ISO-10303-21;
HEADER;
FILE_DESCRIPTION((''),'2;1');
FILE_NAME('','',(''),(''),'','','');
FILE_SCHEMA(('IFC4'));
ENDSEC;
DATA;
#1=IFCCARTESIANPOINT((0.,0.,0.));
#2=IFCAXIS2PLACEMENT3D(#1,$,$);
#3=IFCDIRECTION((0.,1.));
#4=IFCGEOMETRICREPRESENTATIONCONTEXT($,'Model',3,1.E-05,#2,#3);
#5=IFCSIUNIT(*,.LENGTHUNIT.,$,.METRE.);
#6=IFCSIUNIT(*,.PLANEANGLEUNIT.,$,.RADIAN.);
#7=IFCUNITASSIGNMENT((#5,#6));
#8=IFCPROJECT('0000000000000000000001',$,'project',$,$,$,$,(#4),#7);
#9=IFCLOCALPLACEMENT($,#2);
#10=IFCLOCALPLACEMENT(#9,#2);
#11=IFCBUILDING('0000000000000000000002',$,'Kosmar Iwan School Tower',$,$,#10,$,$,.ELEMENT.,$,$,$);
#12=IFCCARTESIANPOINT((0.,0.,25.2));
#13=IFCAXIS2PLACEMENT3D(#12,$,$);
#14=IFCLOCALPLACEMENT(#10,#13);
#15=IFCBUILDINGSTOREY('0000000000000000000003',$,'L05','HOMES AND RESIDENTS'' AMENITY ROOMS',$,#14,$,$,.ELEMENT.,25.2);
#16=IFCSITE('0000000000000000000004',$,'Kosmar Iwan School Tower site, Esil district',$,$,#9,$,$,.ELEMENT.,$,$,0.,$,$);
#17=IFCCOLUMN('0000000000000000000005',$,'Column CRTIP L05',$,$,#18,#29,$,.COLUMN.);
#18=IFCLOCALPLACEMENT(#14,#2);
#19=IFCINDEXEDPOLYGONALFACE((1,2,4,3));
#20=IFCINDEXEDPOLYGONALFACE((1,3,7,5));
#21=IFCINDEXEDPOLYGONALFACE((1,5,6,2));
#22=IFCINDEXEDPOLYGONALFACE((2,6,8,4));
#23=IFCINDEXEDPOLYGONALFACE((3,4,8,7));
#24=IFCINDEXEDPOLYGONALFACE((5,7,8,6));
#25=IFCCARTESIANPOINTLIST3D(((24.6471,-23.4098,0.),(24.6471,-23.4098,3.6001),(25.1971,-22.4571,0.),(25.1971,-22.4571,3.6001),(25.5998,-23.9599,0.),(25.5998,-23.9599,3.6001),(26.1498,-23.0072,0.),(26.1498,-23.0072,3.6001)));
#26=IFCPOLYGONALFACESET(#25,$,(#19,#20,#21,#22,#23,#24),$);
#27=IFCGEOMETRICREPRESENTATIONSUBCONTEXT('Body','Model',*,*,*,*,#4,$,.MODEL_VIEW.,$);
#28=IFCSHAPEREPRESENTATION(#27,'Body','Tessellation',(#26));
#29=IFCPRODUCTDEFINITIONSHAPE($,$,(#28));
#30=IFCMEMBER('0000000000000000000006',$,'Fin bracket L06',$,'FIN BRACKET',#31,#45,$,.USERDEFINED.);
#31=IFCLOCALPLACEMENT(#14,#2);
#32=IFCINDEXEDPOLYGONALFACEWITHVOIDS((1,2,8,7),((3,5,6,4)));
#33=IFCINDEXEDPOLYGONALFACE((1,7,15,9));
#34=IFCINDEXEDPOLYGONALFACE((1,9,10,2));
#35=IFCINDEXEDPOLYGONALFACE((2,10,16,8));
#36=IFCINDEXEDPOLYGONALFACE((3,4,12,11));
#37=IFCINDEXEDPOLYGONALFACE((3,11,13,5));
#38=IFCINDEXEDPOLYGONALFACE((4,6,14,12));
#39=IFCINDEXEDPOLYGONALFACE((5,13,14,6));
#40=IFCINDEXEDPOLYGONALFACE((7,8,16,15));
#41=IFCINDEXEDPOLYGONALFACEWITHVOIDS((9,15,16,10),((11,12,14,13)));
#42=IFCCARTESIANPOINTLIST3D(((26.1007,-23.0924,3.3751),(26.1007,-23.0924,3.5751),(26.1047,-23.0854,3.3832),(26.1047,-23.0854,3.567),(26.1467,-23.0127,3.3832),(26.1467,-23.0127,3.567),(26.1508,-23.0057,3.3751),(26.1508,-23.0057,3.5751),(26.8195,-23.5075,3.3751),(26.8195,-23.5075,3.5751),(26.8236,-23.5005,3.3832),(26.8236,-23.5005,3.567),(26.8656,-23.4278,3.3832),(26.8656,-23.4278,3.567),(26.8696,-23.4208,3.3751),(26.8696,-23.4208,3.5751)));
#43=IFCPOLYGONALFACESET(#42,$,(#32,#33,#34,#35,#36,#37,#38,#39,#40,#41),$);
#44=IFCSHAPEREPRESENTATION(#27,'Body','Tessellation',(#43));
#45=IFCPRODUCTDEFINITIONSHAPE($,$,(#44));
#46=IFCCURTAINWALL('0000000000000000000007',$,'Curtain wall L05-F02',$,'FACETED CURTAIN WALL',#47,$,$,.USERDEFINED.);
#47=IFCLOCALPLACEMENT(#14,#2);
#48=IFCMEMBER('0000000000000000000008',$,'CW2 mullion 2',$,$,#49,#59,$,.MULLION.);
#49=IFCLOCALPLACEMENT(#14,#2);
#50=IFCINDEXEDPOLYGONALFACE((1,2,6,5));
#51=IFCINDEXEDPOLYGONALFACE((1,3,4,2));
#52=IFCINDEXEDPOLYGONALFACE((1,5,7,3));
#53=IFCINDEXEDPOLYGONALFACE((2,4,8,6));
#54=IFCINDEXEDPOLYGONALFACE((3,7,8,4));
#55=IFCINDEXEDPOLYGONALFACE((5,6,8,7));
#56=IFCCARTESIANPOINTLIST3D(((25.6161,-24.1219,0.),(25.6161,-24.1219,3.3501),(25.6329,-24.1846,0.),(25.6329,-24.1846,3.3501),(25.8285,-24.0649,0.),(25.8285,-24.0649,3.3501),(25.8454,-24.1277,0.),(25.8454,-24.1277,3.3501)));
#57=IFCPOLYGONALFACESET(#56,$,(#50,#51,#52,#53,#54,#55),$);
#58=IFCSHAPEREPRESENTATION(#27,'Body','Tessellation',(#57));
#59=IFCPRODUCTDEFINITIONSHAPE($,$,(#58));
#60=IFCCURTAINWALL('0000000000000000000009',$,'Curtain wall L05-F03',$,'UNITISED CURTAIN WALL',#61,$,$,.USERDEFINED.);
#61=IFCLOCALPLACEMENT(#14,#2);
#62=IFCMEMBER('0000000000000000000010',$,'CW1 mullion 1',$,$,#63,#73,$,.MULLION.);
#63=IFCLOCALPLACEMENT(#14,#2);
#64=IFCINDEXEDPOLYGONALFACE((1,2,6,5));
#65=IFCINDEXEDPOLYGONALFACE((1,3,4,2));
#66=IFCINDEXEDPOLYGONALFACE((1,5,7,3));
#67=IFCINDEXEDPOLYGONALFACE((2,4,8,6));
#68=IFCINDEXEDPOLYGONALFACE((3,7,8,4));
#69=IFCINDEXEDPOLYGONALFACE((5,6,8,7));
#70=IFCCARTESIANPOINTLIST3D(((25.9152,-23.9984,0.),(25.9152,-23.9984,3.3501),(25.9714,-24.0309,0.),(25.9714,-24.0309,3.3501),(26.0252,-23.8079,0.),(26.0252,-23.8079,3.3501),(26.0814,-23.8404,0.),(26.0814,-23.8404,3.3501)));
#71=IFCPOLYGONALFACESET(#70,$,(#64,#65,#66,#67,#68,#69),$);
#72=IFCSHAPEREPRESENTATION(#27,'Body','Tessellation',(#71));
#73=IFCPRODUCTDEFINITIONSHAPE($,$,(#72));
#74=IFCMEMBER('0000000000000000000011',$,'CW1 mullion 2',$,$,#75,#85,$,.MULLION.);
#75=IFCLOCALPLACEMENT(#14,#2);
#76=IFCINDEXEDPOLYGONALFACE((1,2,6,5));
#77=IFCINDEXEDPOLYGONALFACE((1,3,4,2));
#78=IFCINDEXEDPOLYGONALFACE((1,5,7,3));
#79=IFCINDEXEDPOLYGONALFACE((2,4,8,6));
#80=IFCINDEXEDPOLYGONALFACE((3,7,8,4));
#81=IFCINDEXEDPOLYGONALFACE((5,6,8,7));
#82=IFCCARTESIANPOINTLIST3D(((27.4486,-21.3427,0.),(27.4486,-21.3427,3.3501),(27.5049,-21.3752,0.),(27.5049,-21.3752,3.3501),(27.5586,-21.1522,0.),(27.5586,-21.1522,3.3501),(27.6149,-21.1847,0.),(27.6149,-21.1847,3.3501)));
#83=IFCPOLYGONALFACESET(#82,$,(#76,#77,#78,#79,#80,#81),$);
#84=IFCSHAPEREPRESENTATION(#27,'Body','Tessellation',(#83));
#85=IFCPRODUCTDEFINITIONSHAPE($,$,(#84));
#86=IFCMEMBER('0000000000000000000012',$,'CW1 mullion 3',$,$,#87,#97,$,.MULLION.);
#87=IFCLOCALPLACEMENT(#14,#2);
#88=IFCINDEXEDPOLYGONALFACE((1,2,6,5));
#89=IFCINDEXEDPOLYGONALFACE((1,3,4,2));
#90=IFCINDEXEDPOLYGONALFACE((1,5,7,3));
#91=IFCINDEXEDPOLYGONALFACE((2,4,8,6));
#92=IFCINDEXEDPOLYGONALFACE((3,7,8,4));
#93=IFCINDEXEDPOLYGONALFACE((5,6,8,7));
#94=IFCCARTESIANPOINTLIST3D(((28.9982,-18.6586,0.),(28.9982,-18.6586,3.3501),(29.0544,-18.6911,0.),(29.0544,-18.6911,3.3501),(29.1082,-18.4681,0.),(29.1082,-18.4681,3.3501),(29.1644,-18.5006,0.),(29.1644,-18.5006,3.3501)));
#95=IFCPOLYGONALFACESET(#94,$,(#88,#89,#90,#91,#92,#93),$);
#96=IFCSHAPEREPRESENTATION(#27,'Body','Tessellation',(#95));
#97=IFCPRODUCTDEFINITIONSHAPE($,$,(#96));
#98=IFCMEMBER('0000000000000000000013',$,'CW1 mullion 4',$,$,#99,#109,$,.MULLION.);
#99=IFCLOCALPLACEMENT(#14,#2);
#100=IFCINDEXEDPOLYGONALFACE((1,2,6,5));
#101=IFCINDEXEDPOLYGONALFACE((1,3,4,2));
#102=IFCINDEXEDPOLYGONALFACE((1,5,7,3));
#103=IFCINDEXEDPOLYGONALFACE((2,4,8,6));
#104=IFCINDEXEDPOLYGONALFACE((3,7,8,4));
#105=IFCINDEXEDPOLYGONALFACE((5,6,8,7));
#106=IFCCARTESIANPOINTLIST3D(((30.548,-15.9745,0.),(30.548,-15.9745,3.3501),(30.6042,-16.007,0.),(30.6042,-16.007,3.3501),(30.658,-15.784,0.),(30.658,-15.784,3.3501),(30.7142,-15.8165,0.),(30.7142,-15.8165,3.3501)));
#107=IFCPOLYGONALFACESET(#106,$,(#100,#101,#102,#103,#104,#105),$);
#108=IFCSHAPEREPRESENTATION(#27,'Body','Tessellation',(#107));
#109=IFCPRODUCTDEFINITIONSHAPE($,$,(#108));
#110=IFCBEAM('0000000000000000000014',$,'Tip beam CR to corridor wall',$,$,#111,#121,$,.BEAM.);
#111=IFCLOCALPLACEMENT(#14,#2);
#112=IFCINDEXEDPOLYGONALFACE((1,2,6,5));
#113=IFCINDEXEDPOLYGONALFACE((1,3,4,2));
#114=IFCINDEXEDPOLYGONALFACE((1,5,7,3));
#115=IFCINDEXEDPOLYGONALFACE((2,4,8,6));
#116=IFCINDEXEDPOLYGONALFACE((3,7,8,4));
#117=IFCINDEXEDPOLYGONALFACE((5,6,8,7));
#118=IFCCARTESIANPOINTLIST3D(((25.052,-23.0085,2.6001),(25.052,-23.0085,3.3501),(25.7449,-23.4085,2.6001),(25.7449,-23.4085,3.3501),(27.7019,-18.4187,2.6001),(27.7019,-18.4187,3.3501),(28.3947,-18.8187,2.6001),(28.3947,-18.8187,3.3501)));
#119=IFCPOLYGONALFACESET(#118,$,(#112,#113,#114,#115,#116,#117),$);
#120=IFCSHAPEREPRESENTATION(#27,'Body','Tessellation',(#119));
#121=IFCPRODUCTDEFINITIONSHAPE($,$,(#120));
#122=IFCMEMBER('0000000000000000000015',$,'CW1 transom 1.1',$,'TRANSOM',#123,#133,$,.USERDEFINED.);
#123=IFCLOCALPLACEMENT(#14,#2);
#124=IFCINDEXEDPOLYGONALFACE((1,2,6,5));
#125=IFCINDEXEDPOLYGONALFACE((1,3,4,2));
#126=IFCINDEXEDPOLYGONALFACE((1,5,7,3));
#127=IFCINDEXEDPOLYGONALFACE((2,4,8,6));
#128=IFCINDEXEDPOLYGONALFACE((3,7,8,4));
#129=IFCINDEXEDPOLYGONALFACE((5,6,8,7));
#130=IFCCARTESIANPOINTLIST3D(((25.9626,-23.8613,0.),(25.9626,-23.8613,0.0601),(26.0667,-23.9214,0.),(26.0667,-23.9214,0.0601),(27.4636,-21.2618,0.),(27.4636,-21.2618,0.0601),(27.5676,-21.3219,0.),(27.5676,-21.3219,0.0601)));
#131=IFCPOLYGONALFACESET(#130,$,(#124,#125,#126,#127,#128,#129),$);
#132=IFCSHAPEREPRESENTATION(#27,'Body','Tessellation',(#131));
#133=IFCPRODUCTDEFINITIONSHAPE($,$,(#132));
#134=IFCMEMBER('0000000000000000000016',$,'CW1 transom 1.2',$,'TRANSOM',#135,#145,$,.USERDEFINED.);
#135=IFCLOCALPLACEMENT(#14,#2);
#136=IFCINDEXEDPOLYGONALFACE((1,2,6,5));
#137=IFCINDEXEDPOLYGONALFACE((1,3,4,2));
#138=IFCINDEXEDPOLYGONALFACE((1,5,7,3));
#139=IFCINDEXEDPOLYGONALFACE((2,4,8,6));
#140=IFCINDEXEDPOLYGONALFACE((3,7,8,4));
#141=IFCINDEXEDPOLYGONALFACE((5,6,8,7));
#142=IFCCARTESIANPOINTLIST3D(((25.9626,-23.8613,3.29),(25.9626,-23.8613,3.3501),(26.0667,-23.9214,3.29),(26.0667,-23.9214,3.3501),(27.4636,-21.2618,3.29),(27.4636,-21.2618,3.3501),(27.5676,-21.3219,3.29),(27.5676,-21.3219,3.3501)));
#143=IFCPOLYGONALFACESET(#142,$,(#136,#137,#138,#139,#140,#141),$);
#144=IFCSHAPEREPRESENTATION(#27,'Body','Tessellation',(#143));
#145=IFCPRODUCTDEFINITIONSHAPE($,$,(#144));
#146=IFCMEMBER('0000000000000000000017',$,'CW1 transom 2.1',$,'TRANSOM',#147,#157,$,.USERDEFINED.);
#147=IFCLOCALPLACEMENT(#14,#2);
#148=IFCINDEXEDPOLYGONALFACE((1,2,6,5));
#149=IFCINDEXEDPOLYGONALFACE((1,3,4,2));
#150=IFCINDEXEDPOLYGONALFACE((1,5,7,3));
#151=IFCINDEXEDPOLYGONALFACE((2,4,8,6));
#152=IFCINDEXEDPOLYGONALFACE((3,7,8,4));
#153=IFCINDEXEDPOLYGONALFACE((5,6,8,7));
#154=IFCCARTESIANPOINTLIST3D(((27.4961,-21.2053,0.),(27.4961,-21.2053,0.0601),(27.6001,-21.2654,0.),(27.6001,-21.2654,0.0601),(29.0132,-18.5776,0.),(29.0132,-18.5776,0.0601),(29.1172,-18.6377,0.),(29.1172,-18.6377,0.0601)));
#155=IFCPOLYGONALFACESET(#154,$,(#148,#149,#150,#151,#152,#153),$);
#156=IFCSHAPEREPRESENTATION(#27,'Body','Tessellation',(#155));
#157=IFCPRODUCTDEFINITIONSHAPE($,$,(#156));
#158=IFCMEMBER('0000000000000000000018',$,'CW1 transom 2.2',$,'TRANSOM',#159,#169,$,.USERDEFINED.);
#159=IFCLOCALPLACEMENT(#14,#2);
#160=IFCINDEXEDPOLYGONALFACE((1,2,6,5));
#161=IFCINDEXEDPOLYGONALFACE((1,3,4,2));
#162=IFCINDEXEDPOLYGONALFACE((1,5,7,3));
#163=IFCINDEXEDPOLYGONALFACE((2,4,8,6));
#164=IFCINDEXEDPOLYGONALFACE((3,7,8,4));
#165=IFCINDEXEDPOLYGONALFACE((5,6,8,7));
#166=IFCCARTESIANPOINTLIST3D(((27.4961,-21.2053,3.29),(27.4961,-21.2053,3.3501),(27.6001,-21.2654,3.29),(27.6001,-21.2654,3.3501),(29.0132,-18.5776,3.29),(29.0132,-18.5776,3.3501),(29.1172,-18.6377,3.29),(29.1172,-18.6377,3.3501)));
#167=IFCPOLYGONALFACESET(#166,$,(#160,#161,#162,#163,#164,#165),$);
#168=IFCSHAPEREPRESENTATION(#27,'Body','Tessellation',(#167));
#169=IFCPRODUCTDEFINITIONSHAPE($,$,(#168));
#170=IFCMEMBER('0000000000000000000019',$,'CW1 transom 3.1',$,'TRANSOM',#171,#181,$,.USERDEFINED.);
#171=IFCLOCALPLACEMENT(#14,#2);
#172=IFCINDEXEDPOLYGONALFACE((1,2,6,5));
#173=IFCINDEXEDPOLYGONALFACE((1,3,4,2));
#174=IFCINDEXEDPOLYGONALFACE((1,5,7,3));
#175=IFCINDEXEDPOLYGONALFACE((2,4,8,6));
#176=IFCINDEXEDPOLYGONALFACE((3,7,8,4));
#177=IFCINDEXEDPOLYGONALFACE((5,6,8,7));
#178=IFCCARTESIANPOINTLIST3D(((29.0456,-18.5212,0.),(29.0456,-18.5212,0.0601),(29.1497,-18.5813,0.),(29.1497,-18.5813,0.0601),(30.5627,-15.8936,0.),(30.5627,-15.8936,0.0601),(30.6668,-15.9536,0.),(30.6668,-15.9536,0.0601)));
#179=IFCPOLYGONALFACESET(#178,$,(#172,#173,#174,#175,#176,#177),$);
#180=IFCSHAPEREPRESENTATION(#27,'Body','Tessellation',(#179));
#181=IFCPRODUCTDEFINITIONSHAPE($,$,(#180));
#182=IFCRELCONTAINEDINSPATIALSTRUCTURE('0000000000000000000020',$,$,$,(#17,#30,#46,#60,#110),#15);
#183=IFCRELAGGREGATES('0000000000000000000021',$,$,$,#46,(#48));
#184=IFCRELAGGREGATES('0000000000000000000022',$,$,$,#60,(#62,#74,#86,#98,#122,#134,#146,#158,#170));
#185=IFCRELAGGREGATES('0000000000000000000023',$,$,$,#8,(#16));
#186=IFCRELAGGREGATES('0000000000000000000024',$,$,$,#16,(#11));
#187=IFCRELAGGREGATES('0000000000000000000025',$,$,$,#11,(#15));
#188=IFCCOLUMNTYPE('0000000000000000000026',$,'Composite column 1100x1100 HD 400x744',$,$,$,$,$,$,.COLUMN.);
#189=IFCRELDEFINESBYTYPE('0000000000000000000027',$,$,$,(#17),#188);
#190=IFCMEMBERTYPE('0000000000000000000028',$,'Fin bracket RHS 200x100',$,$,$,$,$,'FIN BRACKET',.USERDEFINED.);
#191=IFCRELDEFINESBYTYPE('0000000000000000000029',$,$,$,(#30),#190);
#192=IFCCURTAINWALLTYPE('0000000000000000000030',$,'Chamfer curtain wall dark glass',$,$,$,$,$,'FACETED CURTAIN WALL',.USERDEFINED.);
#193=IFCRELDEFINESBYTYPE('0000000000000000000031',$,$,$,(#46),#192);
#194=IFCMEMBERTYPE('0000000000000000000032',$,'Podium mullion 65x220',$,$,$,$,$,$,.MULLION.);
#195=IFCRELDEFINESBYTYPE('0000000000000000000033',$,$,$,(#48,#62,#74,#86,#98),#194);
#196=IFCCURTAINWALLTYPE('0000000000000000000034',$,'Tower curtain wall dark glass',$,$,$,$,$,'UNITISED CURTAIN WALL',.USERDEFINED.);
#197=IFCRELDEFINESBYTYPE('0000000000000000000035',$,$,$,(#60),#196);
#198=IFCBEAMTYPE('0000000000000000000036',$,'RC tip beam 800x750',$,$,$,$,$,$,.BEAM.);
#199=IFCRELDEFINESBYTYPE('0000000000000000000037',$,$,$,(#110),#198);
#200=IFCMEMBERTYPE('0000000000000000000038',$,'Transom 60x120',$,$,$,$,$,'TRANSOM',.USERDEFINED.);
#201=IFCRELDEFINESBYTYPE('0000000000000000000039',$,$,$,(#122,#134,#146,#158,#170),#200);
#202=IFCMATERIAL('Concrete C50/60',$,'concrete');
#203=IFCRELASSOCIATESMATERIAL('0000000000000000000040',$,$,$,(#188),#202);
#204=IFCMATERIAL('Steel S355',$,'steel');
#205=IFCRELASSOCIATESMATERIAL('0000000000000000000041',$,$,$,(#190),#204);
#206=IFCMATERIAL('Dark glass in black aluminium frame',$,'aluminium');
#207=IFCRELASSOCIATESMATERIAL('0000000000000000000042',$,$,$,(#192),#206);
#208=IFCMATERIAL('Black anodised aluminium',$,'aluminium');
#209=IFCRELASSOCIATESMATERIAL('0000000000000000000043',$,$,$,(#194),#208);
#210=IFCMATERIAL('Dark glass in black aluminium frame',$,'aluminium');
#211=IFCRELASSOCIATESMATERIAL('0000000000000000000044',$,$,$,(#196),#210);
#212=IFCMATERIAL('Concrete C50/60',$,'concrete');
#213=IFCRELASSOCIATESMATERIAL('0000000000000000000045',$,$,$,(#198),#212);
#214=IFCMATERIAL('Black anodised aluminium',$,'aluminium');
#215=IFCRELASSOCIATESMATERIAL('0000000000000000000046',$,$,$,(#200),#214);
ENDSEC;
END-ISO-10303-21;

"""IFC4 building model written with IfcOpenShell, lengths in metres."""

from ifc_helpers import new_model, si_unit, direction, frame, origin, origin_2d, place, context, subcontext, project, spatial, rectangle, hollow_rectangle, extrude, material, material_profile, profile_set, type_object, element, aggregate, save


model = new_model("IFC4")

# Units and contexts
model_context = context("Model", 3, precision=1e-05, world=origin(), true_north=direction((0.0, 1.0)))
body_context = subcontext(model_context, "Body", "Model", "MODEL_VIEW")
ifc_project = project(units=[si_unit("LENGTHUNIT", "METRE"), si_unit("PLANEANGLEUNIT", "RADIAN")], contexts=[model_context])

# Site, building, storey
site_placement = place(None, origin())
site = spatial("IfcSite", under=ifc_project, at=site_placement, Name="Kosmar Iwan School Tower site, Esil district", CompositionType="ELEMENT", RefElevation=0.0)
building_placement = place(site_placement, origin())
building = spatial("IfcBuilding", under=site, at=building_placement, Name="Kosmar Iwan School Tower", CompositionType="ELEMENT")
storey_placement = place(building_placement, frame((0.0, 0.0, 25.2)))
storey = spatial("IfcBuildingStorey", under=building, at=storey_placement, Name="L05", Description="HOMES AND RESIDENTS' AMENITY ROOMS", CompositionType="ELEMENT", Elevation=25.2)

# Column
ifc_material_1 = material(Name="Concrete C50/60", Category="concrete")
ifc_material_profile_1 = material_profile(ifc_material_1, rectangle(XDim=1.1001, YDim=1.1001, at=origin_2d()), Name="RC 1100x1100 + HD 400x744")
ifc_profile_set_1 = profile_set([ifc_material_profile_1], Name="Concrete C50/60")
column_type = type_object("IfcColumnType", Name="Composite column 1100x1100 HD 400x744", PredefinedType="COLUMN", material=ifc_profile_set_1)
column_placement = place(storey_placement, frame((25.3984, -23.2085, 0.0), z_axis=(0.0, 0.0, 1.0), x_axis=(0.866025, -0.5, 0.0)))
element("IfcColumn", 1, at=column_placement, inside=storey, type_object=column_type, Name="Column CRTIP L05", PredefinedType="COLUMN", context=body_context, shape_type="SweptSolid", body=[
    extrude(rectangle(XDim=1.1001, YDim=1.1001, at=origin_2d()), origin(), (0.0, 0.0, 1.0), 3.6001),
])

# Member
ifc_material_2 = material(Name="Steel S355", Category="steel")
ifc_material_profile_2 = material_profile(ifc_material_2, hollow_rectangle(XDim=0.1001, YDim=0.2, WallThickness=0.0081, at=origin_2d()), Name="RHS 200x100x8")
ifc_profile_set_2 = profile_set([ifc_material_profile_2], Name="Steel S355")
member_type_1 = type_object("IfcMemberType", Name="Fin bracket RHS 200x100", ElementType="FIN BRACKET", PredefinedType="USERDEFINED", material=ifc_profile_set_2)
member_1_placement = place(storey_placement, frame((26.1257, -23.0491, 3.4751), z_axis=(0.86599, -0.500062, 0.0), x_axis=(0.500062, 0.86599, 0.0)))
element("IfcMember", 2, at=member_1_placement, inside=storey, type_object=member_type_1, Name="Fin bracket L06", ObjectType="FIN BRACKET", PredefinedType="USERDEFINED", context=body_context, shape_type="SweptSolid", body=[
    extrude(hollow_rectangle(XDim=0.1001, YDim=0.2, WallThickness=0.0081, at=origin_2d()), origin(), (0.0, 0.0, 1.0), 0.8301),
])

# Curtain wall, member
ifc_material_3 = material(Name="Dark glass in black aluminium frame", Category="aluminium")
curtain_wall_type_1 = type_object("IfcCurtainWallType", Name="Chamfer curtain wall dark glass", ElementType="FACETED CURTAIN WALL", PredefinedType="USERDEFINED", material=ifc_material_3)
curtain_wall_1_placement = place(storey_placement, origin())
curtain_wall_1 = element("IfcCurtainWall", 3, at=curtain_wall_1_placement, inside=storey, type_object=curtain_wall_type_1, Name="Curtain wall L05-F02", ObjectType="FACETED CURTAIN WALL", PredefinedType="USERDEFINED")
ifc_material_4 = material(Name="Black anodised aluminium", Category="aluminium")
ifc_material_profile_3 = material_profile(ifc_material_4, rectangle(XDim=0.0649, YDim=0.22, at=origin_2d()), Name="MULLION 65x220")
ifc_profile_set_3 = profile_set([ifc_material_profile_3], Name="Black anodised aluminium")
member_type_2 = type_object("IfcMemberType", Name="Podium mullion 65x220", PredefinedType="MULLION", material=ifc_profile_set_3)
member_2_placement = place(storey_placement, frame((25.7307, -24.1248, 0.0), z_axis=(0.0, 0.0, 1.0), x_axis=(-0.258819, 0.965926, 0.0)))
member_2 = element("IfcMember", 4, at=member_2_placement, type_object=member_type_2, Name="CW2 mullion 2", PredefinedType="MULLION", context=body_context, shape_type="SweptSolid", body=[
    extrude(rectangle(XDim=0.0649, YDim=0.22, at=origin_2d()), origin(), (0.0, 0.0, 1.0), 3.3501),
])

# Curtain wall, members
ifc_material_5 = material(Name="Dark glass in black aluminium frame", Category="aluminium")
curtain_wall_type_2 = type_object("IfcCurtainWallType", Name="Tower curtain wall dark glass", ElementType="UNITISED CURTAIN WALL", PredefinedType="USERDEFINED", material=ifc_material_5)
curtain_wall_2_placement = place(storey_placement, origin())
curtain_wall_2 = element("IfcCurtainWall", 5, at=curtain_wall_2_placement, inside=storey, type_object=curtain_wall_type_2, Name="Curtain wall L05-F03", ObjectType="UNITISED CURTAIN WALL", PredefinedType="USERDEFINED")
member_3_placement = place(storey_placement, frame((25.9983, -23.9194, 0.0), z_axis=(0.0, 0.0, 1.0), x_axis=(-0.866025, 0.5, 0.0)))
member_3 = element("IfcMember", 6, at=member_3_placement, type_object=member_type_2, Name="CW1 mullion 1", PredefinedType="MULLION", context=body_context, shape_type="SweptSolid", body=[
    extrude(rectangle(XDim=0.0649, YDim=0.22, at=origin_2d()), origin(), (0.0, 0.0, 1.0), 3.3501),
])
member_4_placement = place(storey_placement, frame((27.5317, -21.2637, 0.0), z_axis=(0.0, 0.0, 1.0), x_axis=(-0.866025, 0.5, 0.0)))
member_4 = element("IfcMember", 7, at=member_4_placement, type_object=member_type_2, Name="CW1 mullion 2", PredefinedType="MULLION", context=body_context, shape_type="SweptSolid", body=[
    extrude(rectangle(XDim=0.0649, YDim=0.22, at=origin_2d()), origin(), (0.0, 0.0, 1.0), 3.3501),
])
member_5_placement = place(storey_placement, frame((29.0813, -18.5796, 0.0), z_axis=(0.0, 0.0, 1.0), x_axis=(-0.866025, 0.5, 0.0)))
member_5 = element("IfcMember", 8, at=member_5_placement, type_object=member_type_2, Name="CW1 mullion 3", PredefinedType="MULLION", context=body_context, shape_type="SweptSolid", body=[
    extrude(rectangle(XDim=0.0649, YDim=0.22, at=origin_2d()), origin(), (0.0, 0.0, 1.0), 3.3501),
])
member_6_placement = place(storey_placement, frame((30.6311, -15.8955, 0.0), z_axis=(0.0, 0.0, 1.0), x_axis=(-0.866025, 0.5, 0.0)))
member_6 = element("IfcMember", 9, at=member_6_placement, type_object=member_type_2, Name="CW1 mullion 4", PredefinedType="MULLION", context=body_context, shape_type="SweptSolid", body=[
    extrude(rectangle(XDim=0.0649, YDim=0.22, at=origin_2d()), origin(), (0.0, 0.0, 1.0), 3.3501),
])

# Beam
ifc_material_6 = material(Name="Concrete C50/60", Category="concrete")
ifc_material_profile_4 = material_profile(ifc_material_6, rectangle(XDim=0.8, YDim=0.75, at=origin_2d()), Name="RC 800x750")
ifc_profile_set_4 = profile_set([ifc_material_profile_4], Name="Concrete C50/60")
beam_type = type_object("IfcBeamType", Name="RC tip beam 800x750", PredefinedType="BEAM", material=ifc_profile_set_4)
beam_placement = place(storey_placement, frame((25.3984, -23.2085, 2.9751), z_axis=(0.499994, 0.866029, 0.0), x_axis=(-0.866029, 0.499994, 0.0)))
element("IfcBeam", 10, at=beam_placement, inside=storey, type_object=beam_type, Name="Tip beam CR to corridor wall", PredefinedType="BEAM", context=body_context, shape_type="SweptSolid", body=[
    extrude(rectangle(XDim=0.8, YDim=0.75, at=origin_2d()), origin(), (0.0, 0.0, 1.0), 5.2998),
])

# Members
ifc_material_7 = material(Name="Black anodised aluminium", Category="aluminium")
ifc_material_profile_5 = material_profile(ifc_material_7, rectangle(XDim=0.1201, YDim=0.0601, at=origin_2d()), Name="TRANSOM 60x120")
ifc_profile_set_5 = profile_set([ifc_material_profile_5], Name="Black anodised aluminium")
member_type_3 = type_object("IfcMemberType", Name="Transom 60x120", ElementType="TRANSOM", PredefinedType="USERDEFINED", material=ifc_profile_set_5)
member_7_placement = place(storey_placement, frame((26.0146, -23.8914, 0.03), z_axis=(0.500023, 0.866012, 0.0), x_axis=(-0.866012, 0.500023, 0.0)))
member_7 = element("IfcMember", 11, at=member_7_placement, type_object=member_type_3, Name="CW1 transom 1.1", ObjectType="TRANSOM", PredefinedType="USERDEFINED", context=body_context, shape_type="SweptSolid", body=[
    extrude(rectangle(XDim=0.1201, YDim=0.0601, at=origin_2d()), origin(), (0.0, 0.0, 1.0), 3.0017),
])
member_8_placement = place(storey_placement, frame((26.0146, -23.8914, 3.3201), z_axis=(0.500023, 0.866012, 0.0), x_axis=(-0.866012, 0.500023, 0.0)))
member_8 = element("IfcMember", 12, at=member_8_placement, type_object=member_type_3, Name="CW1 transom 1.2", ObjectType="TRANSOM", PredefinedType="USERDEFINED", context=body_context, shape_type="SweptSolid", body=[
    extrude(rectangle(XDim=0.1201, YDim=0.0601, at=origin_2d()), origin(), (0.0, 0.0, 1.0), 3.0017),
])
member_9_placement = place(storey_placement, frame((27.5481, -21.2354, 0.03), z_axis=(0.499999, 0.866026, 0.0), x_axis=(-0.866026, 0.499999, 0.0)))
member_9 = element("IfcMember", 13, at=member_9_placement, type_object=member_type_3, Name="CW1 transom 2.1", ObjectType="TRANSOM", PredefinedType="USERDEFINED", context=body_context, shape_type="SweptSolid", body=[
    extrude(rectangle(XDim=0.1201, YDim=0.0601, at=origin_2d()), origin(), (0.0, 0.0, 1.0), 3.0342),
])
member_10_placement = place(storey_placement, frame((27.5481, -21.2354, 3.3201), z_axis=(0.499999, 0.866026, 0.0), x_axis=(-0.866026, 0.499999, 0.0)))
member_10 = element("IfcMember", 14, at=member_10_placement, type_object=member_type_3, Name="CW1 transom 2.2", ObjectType="TRANSOM", PredefinedType="USERDEFINED", context=body_context, shape_type="SweptSolid", body=[
    extrude(rectangle(XDim=0.1201, YDim=0.0601, at=origin_2d()), origin(), (0.0, 0.0, 1.0), 3.0342),
])
member_11_placement = place(storey_placement, frame((29.0977, -18.5513, 0.03), z_axis=(0.499999, 0.866026, 0.0), x_axis=(-0.866026, 0.499999, 0.0)))
member_11 = element("IfcMember", 15, at=member_11_placement, type_object=member_type_3, Name="CW1 transom 3.1", ObjectType="TRANSOM", PredefinedType="USERDEFINED", context=body_context, shape_type="SweptSolid", body=[
    extrude(rectangle(XDim=0.1201, YDim=0.0601, at=origin_2d()), origin(), (0.0, 0.0, 1.0), 3.0342),
])

aggregate(curtain_wall_1, [member_2])
aggregate(curtain_wall_2, [member_3, member_4, member_5, member_6, member_7, member_8, member_9, member_10, member_11])

save(model, "model.ifc")
